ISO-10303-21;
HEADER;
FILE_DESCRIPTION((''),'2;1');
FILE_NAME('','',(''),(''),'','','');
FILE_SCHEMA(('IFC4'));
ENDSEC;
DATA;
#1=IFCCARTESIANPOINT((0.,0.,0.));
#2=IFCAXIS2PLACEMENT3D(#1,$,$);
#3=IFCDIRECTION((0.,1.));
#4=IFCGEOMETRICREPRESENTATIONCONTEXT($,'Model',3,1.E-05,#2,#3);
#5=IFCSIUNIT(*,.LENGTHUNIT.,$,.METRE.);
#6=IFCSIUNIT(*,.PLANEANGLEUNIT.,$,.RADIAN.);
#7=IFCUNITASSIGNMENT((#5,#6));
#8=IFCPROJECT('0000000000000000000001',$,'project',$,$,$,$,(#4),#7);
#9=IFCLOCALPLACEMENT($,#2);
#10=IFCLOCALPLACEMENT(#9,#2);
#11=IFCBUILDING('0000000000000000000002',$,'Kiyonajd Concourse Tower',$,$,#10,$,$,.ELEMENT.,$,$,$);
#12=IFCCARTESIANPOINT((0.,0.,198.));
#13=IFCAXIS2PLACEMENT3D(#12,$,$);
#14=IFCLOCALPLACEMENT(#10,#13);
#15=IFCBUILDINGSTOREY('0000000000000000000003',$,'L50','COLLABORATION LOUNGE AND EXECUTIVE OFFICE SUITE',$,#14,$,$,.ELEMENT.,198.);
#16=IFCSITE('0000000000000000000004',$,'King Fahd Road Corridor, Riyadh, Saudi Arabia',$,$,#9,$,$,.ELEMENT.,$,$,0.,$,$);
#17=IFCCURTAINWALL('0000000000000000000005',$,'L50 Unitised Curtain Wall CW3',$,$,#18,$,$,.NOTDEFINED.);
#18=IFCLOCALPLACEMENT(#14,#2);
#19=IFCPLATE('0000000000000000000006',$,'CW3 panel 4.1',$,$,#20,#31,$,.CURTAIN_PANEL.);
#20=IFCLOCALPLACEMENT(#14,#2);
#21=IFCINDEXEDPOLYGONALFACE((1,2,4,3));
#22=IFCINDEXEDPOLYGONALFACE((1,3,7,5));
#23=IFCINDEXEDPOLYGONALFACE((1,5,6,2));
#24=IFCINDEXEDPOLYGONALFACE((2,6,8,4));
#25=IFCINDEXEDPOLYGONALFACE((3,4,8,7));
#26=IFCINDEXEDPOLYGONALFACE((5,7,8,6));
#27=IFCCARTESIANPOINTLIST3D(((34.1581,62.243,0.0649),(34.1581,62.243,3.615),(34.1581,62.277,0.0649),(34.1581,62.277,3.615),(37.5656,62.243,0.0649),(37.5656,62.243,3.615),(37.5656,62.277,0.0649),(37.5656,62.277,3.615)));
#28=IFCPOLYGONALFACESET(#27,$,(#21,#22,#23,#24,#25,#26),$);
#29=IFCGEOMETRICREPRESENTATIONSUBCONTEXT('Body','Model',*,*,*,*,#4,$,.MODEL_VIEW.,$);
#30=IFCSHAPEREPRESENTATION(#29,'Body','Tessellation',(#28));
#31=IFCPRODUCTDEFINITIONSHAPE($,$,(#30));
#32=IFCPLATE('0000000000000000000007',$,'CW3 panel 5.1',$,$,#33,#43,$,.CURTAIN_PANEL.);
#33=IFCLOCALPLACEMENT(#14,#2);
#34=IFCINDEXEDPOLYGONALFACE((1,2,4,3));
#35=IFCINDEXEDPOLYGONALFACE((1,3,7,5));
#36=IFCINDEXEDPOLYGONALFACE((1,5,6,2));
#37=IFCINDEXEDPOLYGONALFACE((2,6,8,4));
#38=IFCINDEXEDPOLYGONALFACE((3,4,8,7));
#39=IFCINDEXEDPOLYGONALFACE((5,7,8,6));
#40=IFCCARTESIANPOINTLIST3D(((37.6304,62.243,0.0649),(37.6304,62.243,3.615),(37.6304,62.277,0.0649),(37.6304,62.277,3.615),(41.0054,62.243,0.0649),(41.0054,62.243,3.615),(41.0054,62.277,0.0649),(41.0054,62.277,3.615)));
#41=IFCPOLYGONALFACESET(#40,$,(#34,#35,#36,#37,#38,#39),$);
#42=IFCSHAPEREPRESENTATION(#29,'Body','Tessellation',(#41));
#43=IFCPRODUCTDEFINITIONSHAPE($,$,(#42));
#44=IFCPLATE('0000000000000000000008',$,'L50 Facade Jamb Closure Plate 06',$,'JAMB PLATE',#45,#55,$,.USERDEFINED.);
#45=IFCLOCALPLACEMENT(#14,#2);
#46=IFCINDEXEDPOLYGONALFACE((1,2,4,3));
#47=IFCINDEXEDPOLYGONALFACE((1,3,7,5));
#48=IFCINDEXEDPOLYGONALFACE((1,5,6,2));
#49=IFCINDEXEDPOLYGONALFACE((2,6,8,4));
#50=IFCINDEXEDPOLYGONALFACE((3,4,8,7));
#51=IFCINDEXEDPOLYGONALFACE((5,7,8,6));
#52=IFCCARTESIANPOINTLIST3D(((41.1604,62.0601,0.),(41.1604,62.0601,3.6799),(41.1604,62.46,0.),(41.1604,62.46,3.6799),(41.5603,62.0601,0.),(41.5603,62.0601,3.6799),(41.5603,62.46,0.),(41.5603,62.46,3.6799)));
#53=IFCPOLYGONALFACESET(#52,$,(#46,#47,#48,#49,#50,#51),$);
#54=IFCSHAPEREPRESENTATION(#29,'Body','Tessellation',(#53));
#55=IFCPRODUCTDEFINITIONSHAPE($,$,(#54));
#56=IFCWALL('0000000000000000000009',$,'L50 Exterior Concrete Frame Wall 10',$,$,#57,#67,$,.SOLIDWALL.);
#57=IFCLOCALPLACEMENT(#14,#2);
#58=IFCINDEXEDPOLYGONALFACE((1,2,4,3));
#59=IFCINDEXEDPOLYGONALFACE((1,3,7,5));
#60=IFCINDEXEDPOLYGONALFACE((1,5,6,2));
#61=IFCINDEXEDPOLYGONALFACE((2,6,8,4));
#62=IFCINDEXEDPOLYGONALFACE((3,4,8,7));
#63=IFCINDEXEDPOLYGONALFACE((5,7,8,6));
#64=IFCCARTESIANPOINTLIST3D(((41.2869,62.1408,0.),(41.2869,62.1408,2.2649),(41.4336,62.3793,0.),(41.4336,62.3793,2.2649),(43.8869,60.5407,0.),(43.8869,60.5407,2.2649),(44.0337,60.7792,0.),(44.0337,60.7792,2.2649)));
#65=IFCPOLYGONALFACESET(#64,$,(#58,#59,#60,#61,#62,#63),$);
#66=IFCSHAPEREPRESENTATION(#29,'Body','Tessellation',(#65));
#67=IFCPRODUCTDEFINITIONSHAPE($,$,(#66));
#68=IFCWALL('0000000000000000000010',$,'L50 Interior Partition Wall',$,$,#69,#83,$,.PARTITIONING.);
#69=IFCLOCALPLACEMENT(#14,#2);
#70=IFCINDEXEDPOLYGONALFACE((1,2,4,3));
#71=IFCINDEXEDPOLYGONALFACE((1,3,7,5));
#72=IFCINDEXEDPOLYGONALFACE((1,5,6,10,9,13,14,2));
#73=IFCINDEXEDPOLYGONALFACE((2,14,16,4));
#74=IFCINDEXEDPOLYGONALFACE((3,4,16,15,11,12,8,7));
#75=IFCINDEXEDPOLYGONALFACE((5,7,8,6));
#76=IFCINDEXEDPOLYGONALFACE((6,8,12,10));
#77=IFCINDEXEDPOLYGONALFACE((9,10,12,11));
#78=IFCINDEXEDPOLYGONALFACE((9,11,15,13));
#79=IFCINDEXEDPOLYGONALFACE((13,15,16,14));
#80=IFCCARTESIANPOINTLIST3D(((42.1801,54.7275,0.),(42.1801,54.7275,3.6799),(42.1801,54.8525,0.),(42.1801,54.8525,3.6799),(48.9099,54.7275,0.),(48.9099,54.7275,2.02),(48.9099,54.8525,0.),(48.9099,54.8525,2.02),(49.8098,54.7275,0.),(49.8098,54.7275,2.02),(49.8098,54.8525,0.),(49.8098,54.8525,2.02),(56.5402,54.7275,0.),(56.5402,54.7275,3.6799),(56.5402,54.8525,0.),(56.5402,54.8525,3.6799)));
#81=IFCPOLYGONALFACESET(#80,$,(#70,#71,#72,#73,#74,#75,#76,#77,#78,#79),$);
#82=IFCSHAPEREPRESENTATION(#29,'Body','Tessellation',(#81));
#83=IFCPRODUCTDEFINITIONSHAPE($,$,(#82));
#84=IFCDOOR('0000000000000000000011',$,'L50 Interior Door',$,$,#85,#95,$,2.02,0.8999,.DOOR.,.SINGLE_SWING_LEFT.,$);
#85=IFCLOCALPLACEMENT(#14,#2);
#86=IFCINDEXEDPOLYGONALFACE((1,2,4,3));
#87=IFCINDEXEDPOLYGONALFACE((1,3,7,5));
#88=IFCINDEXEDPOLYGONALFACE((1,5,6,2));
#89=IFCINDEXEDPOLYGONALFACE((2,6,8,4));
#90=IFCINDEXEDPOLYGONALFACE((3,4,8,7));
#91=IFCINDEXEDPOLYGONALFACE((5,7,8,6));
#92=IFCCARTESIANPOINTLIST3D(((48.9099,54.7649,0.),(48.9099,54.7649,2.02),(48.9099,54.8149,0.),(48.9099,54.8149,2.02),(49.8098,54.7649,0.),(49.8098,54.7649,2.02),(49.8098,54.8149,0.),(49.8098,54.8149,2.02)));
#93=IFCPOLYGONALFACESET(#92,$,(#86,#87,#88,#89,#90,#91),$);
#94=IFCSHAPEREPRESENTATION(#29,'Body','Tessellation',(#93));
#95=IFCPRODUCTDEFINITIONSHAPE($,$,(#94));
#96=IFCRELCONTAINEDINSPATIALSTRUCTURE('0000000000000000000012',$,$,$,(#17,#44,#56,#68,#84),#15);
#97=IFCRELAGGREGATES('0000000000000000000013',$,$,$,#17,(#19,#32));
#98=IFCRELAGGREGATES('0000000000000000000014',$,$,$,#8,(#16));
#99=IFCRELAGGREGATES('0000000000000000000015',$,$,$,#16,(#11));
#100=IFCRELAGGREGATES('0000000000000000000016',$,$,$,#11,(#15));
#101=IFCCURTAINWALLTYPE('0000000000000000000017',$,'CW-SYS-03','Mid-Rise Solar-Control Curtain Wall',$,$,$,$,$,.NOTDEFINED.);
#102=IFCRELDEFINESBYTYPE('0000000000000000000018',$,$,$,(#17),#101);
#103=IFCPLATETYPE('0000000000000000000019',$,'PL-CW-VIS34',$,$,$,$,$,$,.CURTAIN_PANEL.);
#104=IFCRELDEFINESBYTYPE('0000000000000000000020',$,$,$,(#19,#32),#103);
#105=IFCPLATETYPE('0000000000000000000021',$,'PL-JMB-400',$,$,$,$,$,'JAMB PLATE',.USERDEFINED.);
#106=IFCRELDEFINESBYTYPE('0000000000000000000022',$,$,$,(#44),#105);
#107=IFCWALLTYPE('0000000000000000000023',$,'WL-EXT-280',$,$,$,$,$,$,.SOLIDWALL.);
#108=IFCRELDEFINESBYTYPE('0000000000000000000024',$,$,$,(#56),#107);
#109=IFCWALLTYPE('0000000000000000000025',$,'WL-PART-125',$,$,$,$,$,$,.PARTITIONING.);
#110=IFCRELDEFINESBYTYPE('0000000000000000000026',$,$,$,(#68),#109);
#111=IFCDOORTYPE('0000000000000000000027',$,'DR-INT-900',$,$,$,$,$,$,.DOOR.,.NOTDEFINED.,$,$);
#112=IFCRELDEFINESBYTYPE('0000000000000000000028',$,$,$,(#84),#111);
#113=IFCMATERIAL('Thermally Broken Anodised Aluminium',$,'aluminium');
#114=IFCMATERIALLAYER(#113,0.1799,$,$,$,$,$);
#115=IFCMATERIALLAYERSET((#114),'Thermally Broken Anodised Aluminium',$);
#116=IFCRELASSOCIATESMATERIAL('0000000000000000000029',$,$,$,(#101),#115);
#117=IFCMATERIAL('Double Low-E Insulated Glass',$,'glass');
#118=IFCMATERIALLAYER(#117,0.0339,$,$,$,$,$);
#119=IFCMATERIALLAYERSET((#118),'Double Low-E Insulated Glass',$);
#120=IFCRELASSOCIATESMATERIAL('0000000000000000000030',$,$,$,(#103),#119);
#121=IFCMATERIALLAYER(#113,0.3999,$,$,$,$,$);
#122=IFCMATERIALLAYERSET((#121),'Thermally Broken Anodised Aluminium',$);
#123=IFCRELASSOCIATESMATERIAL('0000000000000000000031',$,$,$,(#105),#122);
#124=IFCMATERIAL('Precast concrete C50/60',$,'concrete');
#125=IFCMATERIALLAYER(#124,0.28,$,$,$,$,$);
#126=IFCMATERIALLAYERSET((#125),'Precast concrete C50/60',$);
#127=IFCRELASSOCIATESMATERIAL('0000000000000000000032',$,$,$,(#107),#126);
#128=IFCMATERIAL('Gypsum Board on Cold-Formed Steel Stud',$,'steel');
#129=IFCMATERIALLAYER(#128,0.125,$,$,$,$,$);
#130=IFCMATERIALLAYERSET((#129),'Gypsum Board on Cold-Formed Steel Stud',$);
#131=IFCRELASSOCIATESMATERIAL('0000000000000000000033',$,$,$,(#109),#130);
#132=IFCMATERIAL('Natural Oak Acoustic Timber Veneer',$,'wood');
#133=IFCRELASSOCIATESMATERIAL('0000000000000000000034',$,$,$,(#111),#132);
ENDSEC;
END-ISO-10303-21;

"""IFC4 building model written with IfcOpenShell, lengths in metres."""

from ifc_helpers import new_model, si_unit, direction, frame, frame_2d, origin, origin_2d, place, context, subcontext, project, spatial, rectangle, extrude, material, layer, layer_set, type_object, element, fill, aggregate, save


model = new_model("IFC4")

# Units and contexts
model_context = context("Model", 3, precision=1e-05, world=origin(), true_north=direction((0.0, 1.0)))
body_context = subcontext(model_context, "Body", "Model", "MODEL_VIEW")
ifc_project = project(units=[si_unit("LENGTHUNIT", "METRE"), si_unit("PLANEANGLEUNIT", "RADIAN")], contexts=[model_context])

# Site, building, storey
site_placement = place(None, origin())
site = spatial("IfcSite", under=ifc_project, at=site_placement, Name="King Fahd Road Corridor, Riyadh, Saudi Arabia", CompositionType="ELEMENT", RefElevation=0.0)
building_placement = place(site_placement, origin())
building = spatial("IfcBuilding", under=site, at=building_placement, Name="Kiyonajd Concourse Tower", CompositionType="ELEMENT")
storey_placement = place(building_placement, frame((0.0, 0.0, 198.0)))
storey = spatial("IfcBuildingStorey", under=building, at=storey_placement, Name="L50", Description="COLLABORATION LOUNGE AND EXECUTIVE OFFICE SUITE", CompositionType="ELEMENT", Elevation=198.0)

# Curtain wall
ifc_material_1 = material(Name="Thermally Broken Anodised Aluminium", Category="aluminium")
ifc_layer_1 = layer(ifc_material_1, 0.1799)
ifc_layer_set_1 = layer_set([ifc_layer_1], Name="Thermally Broken Anodised Aluminium")
curtain_wall_type = type_object("IfcCurtainWallType", Name="CW-SYS-03", Description="Mid-Rise Solar-Control Curtain Wall", PredefinedType="NOTDEFINED", material=ifc_layer_set_1)
curtain_wall_placement = place(storey_placement, origin())
curtain_wall = element("IfcCurtainWall", 1, at=curtain_wall_placement, inside=storey, type_object=curtain_wall_type, Name="L50 Unitised Curtain Wall CW3", PredefinedType="NOTDEFINED")

# Plates
ifc_material_2 = material(Name="Double Low-E Insulated Glass", Category="glass")
ifc_layer_2 = layer(ifc_material_2, 0.0339)
ifc_layer_set_2 = layer_set([ifc_layer_2], Name="Double Low-E Insulated Glass")
plate_type_1 = type_object("IfcPlateType", Name="PL-CW-VIS34", PredefinedType="CURTAIN_PANEL", material=ifc_layer_set_2)
plate_1_placement = place(storey_placement, frame((35.8618, 62.26, 0.0649), z_axis=(0.0, 0.0, 1.0), x_axis=(1.0, 0.0, 0.0)))
plate_1 = element("IfcPlate", 2, at=plate_1_placement, type_object=plate_type_1, Name="CW3 panel 4.1", PredefinedType="CURTAIN_PANEL", context=body_context, shape_type="SweptSolid", body=[
    extrude(rectangle(XDim=3.4075, YDim=0.0339, at=origin_2d()), origin(), (0.0, 0.0, 1.0), 3.55),
])
plate_2_placement = place(storey_placement, frame((39.3179, 62.26, 0.0649), z_axis=(0.0, 0.0, 1.0), x_axis=(1.0, 0.0, 0.0)))
plate_2 = element("IfcPlate", 3, at=plate_2_placement, type_object=plate_type_1, Name="CW3 panel 5.1", PredefinedType="CURTAIN_PANEL", context=body_context, shape_type="SweptSolid", body=[
    extrude(rectangle(XDim=3.375, YDim=0.0339, at=origin_2d()), origin(), (0.0, 0.0, 1.0), 3.55),
])
aggregate(curtain_wall, [plate_1, plate_2])
ifc_layer_3 = layer(ifc_material_1, 0.3999)
ifc_layer_set_3 = layer_set([ifc_layer_3], Name="Thermally Broken Anodised Aluminium")
plate_type_2 = type_object("IfcPlateType", Name="PL-JMB-400", ElementType="JAMB PLATE", PredefinedType="USERDEFINED", material=ifc_layer_set_3)
plate_3_placement = place(storey_placement, frame((41.3604, 62.26, 0.0), z_axis=(0.0, 0.0, 1.0), x_axis=(1.0, 0.0, 0.0)))
element("IfcPlate", 4, at=plate_3_placement, inside=storey, type_object=plate_type_2, Name="L50 Facade Jamb Closure Plate 06", ObjectType="JAMB PLATE", PredefinedType="USERDEFINED", context=body_context, shape_type="SweptSolid", body=[
    extrude(rectangle(XDim=0.3999, YDim=0.3999, at=origin_2d()), origin(), (0.0, 0.0, 1.0), 3.6799),
])

# Wall
ifc_material_3 = material(Name="Precast concrete C50/60", Category="concrete")
ifc_layer_4 = layer(ifc_material_3, 0.28)
ifc_layer_set_4 = layer_set([ifc_layer_4], Name="Precast concrete C50/60")
wall_type_1 = type_object("IfcWallType", Name="WL-EXT-280", PredefinedType="SOLIDWALL", material=ifc_layer_set_4)
wall_1_placement = place(storey_placement, frame((41.3604, 62.26, 0.0), z_axis=(0.0, 0.0, 1.0), x_axis=(0.851653, -0.524106, 0.0)))
element("IfcWall", 5, at=wall_1_placement, inside=storey, type_object=wall_type_1, Name="L50 Exterior Concrete Frame Wall 10", PredefinedType="SOLIDWALL", context=body_context, shape_type="SweptSolid", body=[
    extrude(rectangle(XDim=3.053, YDim=0.28, at=frame_2d((1.5264, 0.0))), origin(), (0.0, 0.0, 1.0), 2.2649),
])

# Wall, opening, door
ifc_material_4 = material(Name="Gypsum Board on Cold-Formed Steel Stud", Category="steel")
ifc_layer_5 = layer(ifc_material_4, 0.125)
ifc_layer_set_5 = layer_set([ifc_layer_5], Name="Gypsum Board on Cold-Formed Steel Stud")
wall_type_2 = type_object("IfcWallType", Name="WL-PART-125", PredefinedType="PARTITIONING", material=ifc_layer_set_5)
wall_2_placement = place(storey_placement, frame((42.1799, 54.79, 0.0), z_axis=(0.0, 0.0, 1.0), x_axis=(1.0, 0.0, 0.0)))
wall_2 = element("IfcWall", 6, at=wall_2_placement, inside=storey, type_object=wall_type_2, Name="L50 Interior Partition Wall", PredefinedType="PARTITIONING", context=body_context, shape_type="SweptSolid", body=[
    extrude(rectangle(XDim=14.3601, YDim=0.125, at=frame_2d((7.1802, 0.0))), origin(), (0.0, 0.0, 1.0), 3.6799),
])
opening_placement = place(wall_2_placement, frame((6.73, 0.0, 0.0)))
opening = element("IfcOpeningElement", 7, at=opening_placement, cuts=wall_2, PredefinedType="OPENING", context=body_context, shape_type="SweptSolid", body=[
    extrude(rectangle(XDim=0.8999, YDim=2.02, at=frame_2d((0.45, 1.01))), frame((0.0, 0.0725, 0.0), z_axis=(0.0, -1.0, 0.0), x_axis=(1.0, 0.0, 0.0)), (0.0, 0.0, 1.0), 0.145),
])
ifc_material_5 = material(Name="Natural Oak Acoustic Timber Veneer", Category="wood")
door_type = type_object("IfcDoorType", Name="DR-INT-900", OperationType="NOTDEFINED", PredefinedType="DOOR", material=ifc_material_5)
door_placement = place(opening_placement, origin())
door = element("IfcDoor", 8, at=door_placement, inside=storey, type_object=door_type, Name="L50 Interior Door", OperationType="SINGLE_SWING_LEFT", OverallHeight=2.02, OverallWidth=0.8999, PredefinedType="DOOR", context=body_context, shape_type="SweptSolid", body=[
    extrude(rectangle(XDim=0.8999, YDim=2.02, at=frame_2d((0.45, 1.01))), frame((0.0, 0.0249, 0.0), z_axis=(0.0, -1.0, 0.0), x_axis=(1.0, 0.0, 0.0)), (0.0, 0.0, 1.0), 0.05),
])
fill(opening, door)

save(model, "model.ifc")
